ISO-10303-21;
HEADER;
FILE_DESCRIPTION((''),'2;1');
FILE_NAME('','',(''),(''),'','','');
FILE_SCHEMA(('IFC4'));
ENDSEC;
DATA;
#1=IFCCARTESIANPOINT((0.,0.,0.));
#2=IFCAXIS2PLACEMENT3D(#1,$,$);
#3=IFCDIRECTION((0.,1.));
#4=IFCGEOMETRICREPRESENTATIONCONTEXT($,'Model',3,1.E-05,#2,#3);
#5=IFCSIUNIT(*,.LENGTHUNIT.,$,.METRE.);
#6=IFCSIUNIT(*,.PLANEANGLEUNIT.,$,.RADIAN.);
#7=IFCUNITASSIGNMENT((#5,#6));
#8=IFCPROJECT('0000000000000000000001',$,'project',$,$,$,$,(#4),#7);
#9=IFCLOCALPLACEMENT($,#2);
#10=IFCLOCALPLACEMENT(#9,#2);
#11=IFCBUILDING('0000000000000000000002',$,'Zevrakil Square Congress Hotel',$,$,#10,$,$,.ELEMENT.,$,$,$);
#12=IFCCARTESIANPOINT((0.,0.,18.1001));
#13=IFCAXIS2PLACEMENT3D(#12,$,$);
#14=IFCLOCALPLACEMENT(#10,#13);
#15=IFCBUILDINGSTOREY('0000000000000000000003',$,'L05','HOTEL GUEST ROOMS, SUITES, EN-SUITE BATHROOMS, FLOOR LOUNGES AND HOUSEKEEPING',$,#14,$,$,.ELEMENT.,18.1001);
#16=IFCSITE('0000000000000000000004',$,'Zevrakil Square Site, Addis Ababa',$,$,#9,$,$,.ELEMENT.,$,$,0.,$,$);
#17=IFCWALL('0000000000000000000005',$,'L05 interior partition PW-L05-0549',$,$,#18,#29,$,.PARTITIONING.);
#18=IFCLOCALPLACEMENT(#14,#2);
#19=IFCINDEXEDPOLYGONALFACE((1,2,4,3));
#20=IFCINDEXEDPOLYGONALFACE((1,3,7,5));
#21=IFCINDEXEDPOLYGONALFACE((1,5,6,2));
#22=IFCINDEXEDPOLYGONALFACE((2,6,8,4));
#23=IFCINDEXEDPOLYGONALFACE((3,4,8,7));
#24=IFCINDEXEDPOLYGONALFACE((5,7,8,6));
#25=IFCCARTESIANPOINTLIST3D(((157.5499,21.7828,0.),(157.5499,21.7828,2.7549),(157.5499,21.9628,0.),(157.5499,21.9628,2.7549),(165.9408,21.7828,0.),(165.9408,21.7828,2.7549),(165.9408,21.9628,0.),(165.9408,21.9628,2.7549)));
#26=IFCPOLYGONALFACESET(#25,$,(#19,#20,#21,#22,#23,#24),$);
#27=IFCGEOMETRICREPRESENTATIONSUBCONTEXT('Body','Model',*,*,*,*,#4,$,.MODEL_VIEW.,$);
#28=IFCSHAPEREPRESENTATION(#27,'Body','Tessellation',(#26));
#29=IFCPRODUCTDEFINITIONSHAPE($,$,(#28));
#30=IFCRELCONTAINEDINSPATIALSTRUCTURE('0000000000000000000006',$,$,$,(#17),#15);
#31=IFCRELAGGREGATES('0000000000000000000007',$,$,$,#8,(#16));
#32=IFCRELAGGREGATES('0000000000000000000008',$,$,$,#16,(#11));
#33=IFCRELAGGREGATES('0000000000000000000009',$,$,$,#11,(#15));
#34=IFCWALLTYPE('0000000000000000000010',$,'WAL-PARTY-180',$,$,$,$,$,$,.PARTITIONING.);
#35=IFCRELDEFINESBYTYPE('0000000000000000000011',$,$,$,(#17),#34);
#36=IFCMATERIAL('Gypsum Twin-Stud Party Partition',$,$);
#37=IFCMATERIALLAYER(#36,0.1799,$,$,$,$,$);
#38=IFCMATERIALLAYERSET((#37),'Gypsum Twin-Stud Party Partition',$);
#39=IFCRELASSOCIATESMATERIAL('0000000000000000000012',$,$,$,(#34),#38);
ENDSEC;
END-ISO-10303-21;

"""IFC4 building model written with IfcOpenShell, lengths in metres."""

from ifc_helpers import new_model, si_unit, direction, frame, frame_2d, origin, place, context, subcontext, project, spatial, rectangle, extrude, material, layer, layer_set, type_object, element, save


model = new_model("IFC4")

# Units and contexts
model_context = context("Model", 3, precision=1e-05, world=origin(), true_north=direction((0.0, 1.0)))
body_context = subcontext(model_context, "Body", "Model", "MODEL_VIEW")
ifc_project = project(units=[si_unit("LENGTHUNIT", "METRE"), si_unit("PLANEANGLEUNIT", "RADIAN")], contexts=[model_context])

# Site, building, storey
site_placement = place(None, origin())
site = spatial("IfcSite", under=ifc_project, at=site_placement, Name="Zevrakil Square Site, Addis Ababa", CompositionType="ELEMENT", RefElevation=0.0)
building_placement = place(site_placement, origin())
building = spatial("IfcBuilding", under=site, at=building_placement, Name="Zevrakil Square Congress Hotel", CompositionType="ELEMENT")
storey_placement = place(building_placement, frame((0.0, 0.0, 18.1001)))
storey = spatial("IfcBuildingStorey", under=building, at=storey_placement, Name="L05", Description="HOTEL GUEST ROOMS, SUITES, EN-SUITE BATHROOMS, FLOOR LOUNGES AND HOUSEKEEPING", CompositionType="ELEMENT", Elevation=18.1001)

# Wall
ifc_material_1 = material(Name="Gypsum Twin-Stud Party Partition")
ifc_layer_1 = layer(ifc_material_1, 0.1799)
ifc_layer_set_1 = layer_set([ifc_layer_1], Name="Gypsum Twin-Stud Party Partition")
wall_type_1 = type_object("IfcWallType", Name="WAL-PARTY-180", PredefinedType="PARTITIONING", material=ifc_layer_set_1)
wall_1_placement = place(storey_placement, frame((157.55, 21.8728, 0.0), z_axis=(0.0, 0.0, 1.0), x_axis=(1.0, 0.0, 0.0)))
element("IfcWall", 1, at=wall_1_placement, inside=storey, type_object=wall_type_1, Name="L05 interior partition PW-L05-0549", PredefinedType="PARTITIONING", context=body_context, shape_type="SweptSolid", body=[
    extrude(rectangle(XDim=8.3909, YDim=0.1799, at=frame_2d((4.1953, 0.0))), origin(), (0.0, 0.0, 1.0), 2.7549),
])

save(model, "model.ifc")
